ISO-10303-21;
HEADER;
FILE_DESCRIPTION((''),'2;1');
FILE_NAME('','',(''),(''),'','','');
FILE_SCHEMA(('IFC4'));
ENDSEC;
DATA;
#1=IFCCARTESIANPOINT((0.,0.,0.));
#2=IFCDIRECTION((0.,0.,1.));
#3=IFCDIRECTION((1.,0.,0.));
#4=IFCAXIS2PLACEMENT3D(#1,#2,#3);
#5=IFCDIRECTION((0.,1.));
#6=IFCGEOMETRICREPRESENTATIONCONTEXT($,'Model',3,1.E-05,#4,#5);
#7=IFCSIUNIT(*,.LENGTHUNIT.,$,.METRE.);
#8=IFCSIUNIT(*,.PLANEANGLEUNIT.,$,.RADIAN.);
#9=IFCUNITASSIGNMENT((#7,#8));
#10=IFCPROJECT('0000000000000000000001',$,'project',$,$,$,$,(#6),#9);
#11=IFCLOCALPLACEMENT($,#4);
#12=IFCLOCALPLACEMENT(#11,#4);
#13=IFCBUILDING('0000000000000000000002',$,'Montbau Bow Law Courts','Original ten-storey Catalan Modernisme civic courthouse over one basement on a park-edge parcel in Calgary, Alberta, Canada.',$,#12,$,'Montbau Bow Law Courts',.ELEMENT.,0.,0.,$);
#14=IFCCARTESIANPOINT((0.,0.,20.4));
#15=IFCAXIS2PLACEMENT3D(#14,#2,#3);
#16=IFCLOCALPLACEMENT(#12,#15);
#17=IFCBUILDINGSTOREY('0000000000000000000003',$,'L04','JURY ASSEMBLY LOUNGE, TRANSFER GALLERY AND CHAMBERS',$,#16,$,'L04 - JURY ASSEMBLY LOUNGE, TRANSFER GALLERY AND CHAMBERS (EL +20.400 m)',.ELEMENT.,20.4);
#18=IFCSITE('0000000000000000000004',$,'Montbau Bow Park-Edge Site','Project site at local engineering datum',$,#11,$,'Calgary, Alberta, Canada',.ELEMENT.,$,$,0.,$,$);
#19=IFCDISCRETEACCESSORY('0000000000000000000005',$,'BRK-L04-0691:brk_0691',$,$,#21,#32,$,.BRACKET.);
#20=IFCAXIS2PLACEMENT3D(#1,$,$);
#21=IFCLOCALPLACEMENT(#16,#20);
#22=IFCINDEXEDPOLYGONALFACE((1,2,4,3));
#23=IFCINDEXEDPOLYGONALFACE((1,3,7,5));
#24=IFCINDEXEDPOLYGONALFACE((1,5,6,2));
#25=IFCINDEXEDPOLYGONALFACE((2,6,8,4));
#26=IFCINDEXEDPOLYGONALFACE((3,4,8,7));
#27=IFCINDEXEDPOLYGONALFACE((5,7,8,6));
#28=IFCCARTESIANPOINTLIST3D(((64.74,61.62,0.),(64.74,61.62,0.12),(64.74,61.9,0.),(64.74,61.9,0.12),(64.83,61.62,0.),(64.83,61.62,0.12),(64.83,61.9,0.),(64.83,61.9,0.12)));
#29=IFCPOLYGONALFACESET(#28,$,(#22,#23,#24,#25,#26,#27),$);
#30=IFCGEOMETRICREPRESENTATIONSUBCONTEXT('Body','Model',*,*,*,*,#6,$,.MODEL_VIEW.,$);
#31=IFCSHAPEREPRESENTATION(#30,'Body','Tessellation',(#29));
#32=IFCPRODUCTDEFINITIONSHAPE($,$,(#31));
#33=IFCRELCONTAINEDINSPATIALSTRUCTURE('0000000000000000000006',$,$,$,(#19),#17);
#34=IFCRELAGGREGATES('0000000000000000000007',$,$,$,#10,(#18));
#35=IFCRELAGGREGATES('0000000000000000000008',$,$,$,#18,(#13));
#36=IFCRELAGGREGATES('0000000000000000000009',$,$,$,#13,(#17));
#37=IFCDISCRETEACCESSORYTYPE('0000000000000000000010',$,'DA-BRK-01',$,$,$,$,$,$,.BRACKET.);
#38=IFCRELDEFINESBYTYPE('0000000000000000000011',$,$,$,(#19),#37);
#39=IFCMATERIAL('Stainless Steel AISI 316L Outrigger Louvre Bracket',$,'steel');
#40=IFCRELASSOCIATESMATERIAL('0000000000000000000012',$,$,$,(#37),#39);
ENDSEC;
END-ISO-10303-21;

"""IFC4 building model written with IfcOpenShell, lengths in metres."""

from ifc_helpers import new_model, si_unit, direction, frame, origin_with_axes, origin_2d_with_axis, place, context, subcontext, project, spatial, rectangle, extrude, material, type_object, element, save


model = new_model("IFC4")

# Units and contexts
model_context = context("Model", 3, precision=1e-05, world=origin_with_axes(), true_north=direction((0.0, 1.0)))
body_context = subcontext(model_context, "Body", "Model", "MODEL_VIEW")
ifc_project = project(units=[si_unit("LENGTHUNIT", "METRE"), si_unit("PLANEANGLEUNIT", "RADIAN")], contexts=[model_context])

# Site, building, storey
site_placement = place(None, origin_with_axes())
site = spatial("IfcSite", under=ifc_project, at=site_placement, Name="Montbau Bow Park-Edge Site", Description="Project site at local engineering datum", LongName="Calgary, Alberta, Canada", CompositionType="ELEMENT", RefElevation=0.0)
building_placement = place(site_placement, origin_with_axes())
building = spatial("IfcBuilding", under=site, at=building_placement, Name="Montbau Bow Law Courts", Description="Original ten-storey Catalan Modernisme civic courthouse over one basement on a park-edge parcel in Calgary, Alberta, Canada.", LongName="Montbau Bow Law Courts", CompositionType="ELEMENT", ElevationOfRefHeight=0.0, ElevationOfTerrain=0.0)
storey_placement = place(building_placement, frame((0.0, 0.0, 20.4), z_axis=(0.0, 0.0, 1.0), x_axis=(1.0, 0.0, 0.0)))
storey = spatial("IfcBuildingStorey", under=building, at=storey_placement, Name="L04", Description="JURY ASSEMBLY LOUNGE, TRANSFER GALLERY AND CHAMBERS", LongName="L04 - JURY ASSEMBLY LOUNGE, TRANSFER GALLERY AND CHAMBERS (EL +20.400 m)", CompositionType="ELEMENT", Elevation=20.4)

# Discrete accessory
ifc_material_1 = material(Name="Stainless Steel AISI 316L Outrigger Louvre Bracket", Category="steel")
discrete_accessory_type = type_object("IfcDiscreteAccessoryType", Name="DA-BRK-01", PredefinedType="BRACKET", material=ifc_material_1)
for number, where, z_axis, x_axis, name in (
    (1, (64.785, 61.76, 20.4), (0.0, 0.0, 1.0), (0.0, 1.0, 0.0), "BRK-L04-0691:brk_0691"),
):
    element("IfcDiscreteAccessory", number, at=place(None, frame(where, z_axis=z_axis, x_axis=x_axis)), inside=storey, type_object=discrete_accessory_type, Name=name, PredefinedType="BRACKET", context=body_context, shape_type="SweptSolid", body=[
        extrude(rectangle(XDim=0.28, YDim=0.09, at=origin_2d_with_axis()), origin_with_axes(), (0.0, 0.0, 1.0), 0.12),
    ])

save(model, "model.ifc")
